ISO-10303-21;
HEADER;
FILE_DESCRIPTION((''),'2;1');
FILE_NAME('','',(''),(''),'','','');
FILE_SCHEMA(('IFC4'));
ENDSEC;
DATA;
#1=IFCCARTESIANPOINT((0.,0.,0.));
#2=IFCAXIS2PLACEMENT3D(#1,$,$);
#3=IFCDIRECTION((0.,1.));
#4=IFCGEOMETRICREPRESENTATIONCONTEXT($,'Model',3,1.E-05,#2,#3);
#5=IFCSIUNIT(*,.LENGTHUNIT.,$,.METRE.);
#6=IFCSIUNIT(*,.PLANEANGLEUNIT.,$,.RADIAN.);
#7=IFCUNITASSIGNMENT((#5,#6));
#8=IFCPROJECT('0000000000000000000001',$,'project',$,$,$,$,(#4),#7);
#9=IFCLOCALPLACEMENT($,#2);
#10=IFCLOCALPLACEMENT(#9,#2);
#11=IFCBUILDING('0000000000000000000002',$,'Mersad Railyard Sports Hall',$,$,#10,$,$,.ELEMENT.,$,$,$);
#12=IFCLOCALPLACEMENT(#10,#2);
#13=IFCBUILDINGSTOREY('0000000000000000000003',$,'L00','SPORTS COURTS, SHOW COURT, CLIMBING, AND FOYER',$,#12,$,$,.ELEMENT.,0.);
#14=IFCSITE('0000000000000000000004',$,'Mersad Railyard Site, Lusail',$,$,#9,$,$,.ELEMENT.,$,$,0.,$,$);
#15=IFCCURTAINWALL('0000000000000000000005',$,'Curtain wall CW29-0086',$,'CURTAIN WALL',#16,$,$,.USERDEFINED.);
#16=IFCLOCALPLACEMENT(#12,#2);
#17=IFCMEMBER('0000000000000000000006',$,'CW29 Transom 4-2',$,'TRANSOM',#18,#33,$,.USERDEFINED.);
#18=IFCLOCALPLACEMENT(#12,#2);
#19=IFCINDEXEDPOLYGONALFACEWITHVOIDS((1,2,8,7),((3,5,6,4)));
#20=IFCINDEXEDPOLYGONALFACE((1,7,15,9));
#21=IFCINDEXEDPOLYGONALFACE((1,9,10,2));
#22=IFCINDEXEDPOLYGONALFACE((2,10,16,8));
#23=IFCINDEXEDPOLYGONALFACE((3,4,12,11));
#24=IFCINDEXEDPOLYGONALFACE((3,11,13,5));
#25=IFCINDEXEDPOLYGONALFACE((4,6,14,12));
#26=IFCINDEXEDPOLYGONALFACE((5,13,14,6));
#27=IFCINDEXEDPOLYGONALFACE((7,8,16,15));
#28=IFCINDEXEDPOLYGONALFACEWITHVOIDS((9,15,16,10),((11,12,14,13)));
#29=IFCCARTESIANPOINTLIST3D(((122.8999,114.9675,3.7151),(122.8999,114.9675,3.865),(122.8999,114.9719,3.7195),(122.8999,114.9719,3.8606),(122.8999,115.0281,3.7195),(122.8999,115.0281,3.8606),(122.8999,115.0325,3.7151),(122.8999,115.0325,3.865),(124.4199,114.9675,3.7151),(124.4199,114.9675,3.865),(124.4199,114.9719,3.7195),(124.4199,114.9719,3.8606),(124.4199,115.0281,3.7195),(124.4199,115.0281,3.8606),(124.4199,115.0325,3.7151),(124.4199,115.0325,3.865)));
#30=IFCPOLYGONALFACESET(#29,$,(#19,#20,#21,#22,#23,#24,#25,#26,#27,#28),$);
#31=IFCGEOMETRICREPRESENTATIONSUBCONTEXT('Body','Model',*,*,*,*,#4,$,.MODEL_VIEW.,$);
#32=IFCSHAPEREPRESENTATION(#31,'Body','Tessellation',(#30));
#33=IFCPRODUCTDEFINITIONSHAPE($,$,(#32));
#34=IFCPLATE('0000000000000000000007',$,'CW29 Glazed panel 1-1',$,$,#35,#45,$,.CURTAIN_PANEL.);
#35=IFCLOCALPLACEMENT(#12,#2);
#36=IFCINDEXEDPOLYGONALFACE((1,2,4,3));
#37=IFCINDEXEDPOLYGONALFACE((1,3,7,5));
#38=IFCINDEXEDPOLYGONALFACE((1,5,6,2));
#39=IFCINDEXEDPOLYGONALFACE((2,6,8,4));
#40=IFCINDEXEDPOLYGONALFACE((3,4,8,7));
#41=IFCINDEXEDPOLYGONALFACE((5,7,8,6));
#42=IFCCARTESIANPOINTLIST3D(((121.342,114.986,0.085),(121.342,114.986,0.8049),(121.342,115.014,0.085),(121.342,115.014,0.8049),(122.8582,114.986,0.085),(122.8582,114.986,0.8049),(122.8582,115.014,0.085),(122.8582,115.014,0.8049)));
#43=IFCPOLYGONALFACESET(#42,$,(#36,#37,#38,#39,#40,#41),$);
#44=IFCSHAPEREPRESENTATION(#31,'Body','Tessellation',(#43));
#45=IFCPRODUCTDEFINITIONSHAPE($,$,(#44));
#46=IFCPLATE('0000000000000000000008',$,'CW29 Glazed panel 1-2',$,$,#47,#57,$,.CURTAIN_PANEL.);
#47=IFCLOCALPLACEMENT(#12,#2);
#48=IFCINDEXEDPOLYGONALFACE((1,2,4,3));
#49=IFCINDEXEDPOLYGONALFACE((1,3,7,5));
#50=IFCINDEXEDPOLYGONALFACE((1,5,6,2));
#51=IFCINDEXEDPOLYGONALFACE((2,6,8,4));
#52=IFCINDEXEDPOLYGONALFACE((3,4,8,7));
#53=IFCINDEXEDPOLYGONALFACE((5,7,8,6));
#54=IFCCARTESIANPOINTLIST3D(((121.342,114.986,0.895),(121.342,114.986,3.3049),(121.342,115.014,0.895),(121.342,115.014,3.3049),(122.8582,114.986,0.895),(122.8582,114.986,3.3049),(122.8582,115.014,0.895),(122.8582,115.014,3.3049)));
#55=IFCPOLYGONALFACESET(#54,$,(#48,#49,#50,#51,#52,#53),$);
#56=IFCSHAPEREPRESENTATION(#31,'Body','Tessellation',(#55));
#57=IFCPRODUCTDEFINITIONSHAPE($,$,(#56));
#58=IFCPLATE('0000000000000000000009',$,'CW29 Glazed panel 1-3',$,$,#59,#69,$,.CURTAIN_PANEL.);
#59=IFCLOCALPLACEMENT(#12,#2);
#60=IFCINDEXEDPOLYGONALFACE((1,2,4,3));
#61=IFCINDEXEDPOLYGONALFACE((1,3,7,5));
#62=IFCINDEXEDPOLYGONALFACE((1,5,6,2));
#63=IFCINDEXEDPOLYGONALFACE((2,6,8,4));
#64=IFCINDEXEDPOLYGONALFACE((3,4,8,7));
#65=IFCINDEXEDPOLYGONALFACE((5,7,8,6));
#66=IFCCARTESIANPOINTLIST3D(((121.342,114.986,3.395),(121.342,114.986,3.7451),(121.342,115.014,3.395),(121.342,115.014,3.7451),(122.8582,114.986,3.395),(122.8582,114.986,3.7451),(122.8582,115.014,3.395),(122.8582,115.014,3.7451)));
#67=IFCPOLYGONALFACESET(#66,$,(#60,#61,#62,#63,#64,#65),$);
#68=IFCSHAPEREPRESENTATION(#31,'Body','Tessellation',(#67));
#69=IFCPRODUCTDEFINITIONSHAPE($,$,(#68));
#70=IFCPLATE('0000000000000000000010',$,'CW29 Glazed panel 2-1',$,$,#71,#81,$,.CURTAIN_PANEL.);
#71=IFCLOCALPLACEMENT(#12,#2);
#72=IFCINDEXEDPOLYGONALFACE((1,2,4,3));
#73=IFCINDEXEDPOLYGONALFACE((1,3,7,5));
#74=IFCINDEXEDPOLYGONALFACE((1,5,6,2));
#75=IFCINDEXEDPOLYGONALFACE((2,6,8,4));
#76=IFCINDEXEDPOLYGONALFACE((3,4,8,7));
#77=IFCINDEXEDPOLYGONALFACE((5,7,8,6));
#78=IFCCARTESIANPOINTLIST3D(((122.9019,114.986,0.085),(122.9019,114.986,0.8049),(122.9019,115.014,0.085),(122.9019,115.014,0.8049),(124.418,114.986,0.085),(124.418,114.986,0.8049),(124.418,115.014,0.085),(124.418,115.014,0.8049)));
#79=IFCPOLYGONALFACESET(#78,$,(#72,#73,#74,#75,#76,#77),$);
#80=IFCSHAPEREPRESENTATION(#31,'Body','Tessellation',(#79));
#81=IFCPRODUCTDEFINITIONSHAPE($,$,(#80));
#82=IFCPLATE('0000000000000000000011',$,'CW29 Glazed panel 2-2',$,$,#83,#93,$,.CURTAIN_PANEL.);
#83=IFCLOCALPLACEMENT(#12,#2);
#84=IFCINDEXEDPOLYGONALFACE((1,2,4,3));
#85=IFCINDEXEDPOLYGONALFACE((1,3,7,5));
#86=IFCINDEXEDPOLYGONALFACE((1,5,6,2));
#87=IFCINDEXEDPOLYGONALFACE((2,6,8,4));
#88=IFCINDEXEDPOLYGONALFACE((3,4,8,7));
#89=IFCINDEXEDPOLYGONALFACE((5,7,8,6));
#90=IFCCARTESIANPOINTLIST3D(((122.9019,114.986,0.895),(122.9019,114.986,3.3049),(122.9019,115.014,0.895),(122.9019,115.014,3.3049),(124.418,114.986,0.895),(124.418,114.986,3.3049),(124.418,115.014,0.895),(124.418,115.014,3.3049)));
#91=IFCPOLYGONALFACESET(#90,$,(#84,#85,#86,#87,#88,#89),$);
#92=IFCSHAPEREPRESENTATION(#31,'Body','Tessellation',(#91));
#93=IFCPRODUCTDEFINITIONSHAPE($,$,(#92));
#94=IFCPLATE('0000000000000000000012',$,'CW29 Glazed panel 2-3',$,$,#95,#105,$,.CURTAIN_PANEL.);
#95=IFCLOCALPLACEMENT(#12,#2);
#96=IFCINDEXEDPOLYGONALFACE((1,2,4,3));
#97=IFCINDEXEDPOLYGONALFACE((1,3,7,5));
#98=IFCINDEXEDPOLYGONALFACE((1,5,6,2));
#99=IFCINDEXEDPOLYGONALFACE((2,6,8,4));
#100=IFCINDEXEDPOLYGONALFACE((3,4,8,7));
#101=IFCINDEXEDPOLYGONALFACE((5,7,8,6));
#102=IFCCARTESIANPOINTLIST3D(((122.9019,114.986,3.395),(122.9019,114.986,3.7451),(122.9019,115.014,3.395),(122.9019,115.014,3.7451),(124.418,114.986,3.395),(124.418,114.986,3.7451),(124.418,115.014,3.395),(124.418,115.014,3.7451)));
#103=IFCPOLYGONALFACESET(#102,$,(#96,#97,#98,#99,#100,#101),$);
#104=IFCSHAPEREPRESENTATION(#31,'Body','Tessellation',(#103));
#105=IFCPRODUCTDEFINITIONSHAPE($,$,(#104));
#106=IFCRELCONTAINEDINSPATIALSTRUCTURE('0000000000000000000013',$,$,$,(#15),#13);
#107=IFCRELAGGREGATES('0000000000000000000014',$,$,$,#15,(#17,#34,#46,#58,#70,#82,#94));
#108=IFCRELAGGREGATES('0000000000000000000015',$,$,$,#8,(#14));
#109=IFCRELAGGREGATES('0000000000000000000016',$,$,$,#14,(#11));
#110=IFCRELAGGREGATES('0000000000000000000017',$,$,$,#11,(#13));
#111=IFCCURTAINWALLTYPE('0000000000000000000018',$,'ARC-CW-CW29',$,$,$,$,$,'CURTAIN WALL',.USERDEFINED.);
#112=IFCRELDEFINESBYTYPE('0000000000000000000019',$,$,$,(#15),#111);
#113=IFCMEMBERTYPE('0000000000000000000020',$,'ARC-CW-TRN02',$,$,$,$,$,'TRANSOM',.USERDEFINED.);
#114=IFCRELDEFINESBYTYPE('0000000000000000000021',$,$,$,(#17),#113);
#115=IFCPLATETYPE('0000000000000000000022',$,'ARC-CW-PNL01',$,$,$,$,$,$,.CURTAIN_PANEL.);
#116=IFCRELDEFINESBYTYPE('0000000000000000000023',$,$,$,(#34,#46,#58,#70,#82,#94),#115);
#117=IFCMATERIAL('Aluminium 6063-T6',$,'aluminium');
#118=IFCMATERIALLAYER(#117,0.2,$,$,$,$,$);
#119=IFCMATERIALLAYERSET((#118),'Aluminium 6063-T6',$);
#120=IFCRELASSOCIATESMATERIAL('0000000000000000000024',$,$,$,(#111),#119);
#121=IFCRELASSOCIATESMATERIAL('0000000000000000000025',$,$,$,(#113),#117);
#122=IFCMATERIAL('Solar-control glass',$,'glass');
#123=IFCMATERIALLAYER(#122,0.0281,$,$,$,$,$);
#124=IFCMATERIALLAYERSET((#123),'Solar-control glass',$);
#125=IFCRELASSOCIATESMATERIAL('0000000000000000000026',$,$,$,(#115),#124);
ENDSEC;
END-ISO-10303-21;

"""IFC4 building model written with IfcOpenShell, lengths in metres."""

from ifc_helpers import new_model, si_unit, direction, frame, origin, origin_2d, place, context, subcontext, project, spatial, rectangle, hollow_rectangle, extrude, material, layer, layer_set, material_profile, profile_set, type_object, element, aggregate, save


model = new_model("IFC4")

# Units and contexts
model_context = context("Model", 3, precision=1e-05, world=origin(), true_north=direction((0.0, 1.0)))
body_context = subcontext(model_context, "Body", "Model", "MODEL_VIEW")
ifc_project = project(units=[si_unit("LENGTHUNIT", "METRE"), si_unit("PLANEANGLEUNIT", "RADIAN")], contexts=[model_context])

# Site, building, storey
site_placement = place(None, origin())
site = spatial("IfcSite", under=ifc_project, at=site_placement, Name="Mersad Railyard Site, Lusail", CompositionType="ELEMENT", RefElevation=0.0)
building_placement = place(site_placement, origin())
building = spatial("IfcBuilding", under=site, at=building_placement, Name="Mersad Railyard Sports Hall", CompositionType="ELEMENT")
storey_placement = place(building_placement, origin())
storey = spatial("IfcBuildingStorey", under=building, at=storey_placement, Name="L00", Description="SPORTS COURTS, SHOW COURT, CLIMBING, AND FOYER", CompositionType="ELEMENT", Elevation=0.0)

# Curtain wall, member, plates
ifc_material_1 = material(Name="Aluminium 6063-T6", Category="aluminium")
ifc_layer_1 = layer(ifc_material_1, 0.2)
ifc_layer_set_1 = layer_set([ifc_layer_1], Name="Aluminium 6063-T6")
curtain_wall_type = type_object("IfcCurtainWallType", Name="ARC-CW-CW29", ElementType="CURTAIN WALL", PredefinedType="USERDEFINED", material=ifc_layer_set_1)
curtain_wall_placement = place(storey_placement, origin())
curtain_wall = element("IfcCurtainWall", 1, at=curtain_wall_placement, inside=storey, type_object=curtain_wall_type, Name="Curtain wall CW29-0086", ObjectType="CURTAIN WALL", PredefinedType="USERDEFINED")
ifc_material_profile_1 = material_profile(ifc_material_1, hollow_rectangle(XDim=0.0649, YDim=0.1499, WallThickness=0.0044, at=origin_2d()), Name="AL TRANSOM 65x150x4.5")
ifc_profile_set_1 = profile_set([ifc_material_profile_1], Name="Aluminium 6063-T6")
member_type_1 = type_object("IfcMemberType", Name="ARC-CW-TRN02", ElementType="TRANSOM", PredefinedType="USERDEFINED", material=ifc_profile_set_1)
member_1_placement = place(storey_placement, frame((122.8999, 115.0, 3.79), z_axis=(1.0, 0.0, 0.0), x_axis=(0.0, 1.0, 0.0)))
member_1 = element("IfcMember", 2, at=member_1_placement, type_object=member_type_1, Name="CW29 Transom 4-2", ObjectType="TRANSOM", PredefinedType="USERDEFINED", context=body_context, shape_type="SweptSolid", body=[
    extrude(hollow_rectangle(XDim=0.0649, YDim=0.1499, WallThickness=0.0044, at=origin_2d()), origin(), (0.0, 0.0, 1.0), 1.52),
])
ifc_material_2 = material(Name="Solar-control glass", Category="glass")
ifc_layer_2 = layer(ifc_material_2, 0.0281)
ifc_layer_set_2 = layer_set([ifc_layer_2], Name="Solar-control glass")
plate_type = type_object("IfcPlateType", Name="ARC-CW-PNL01", PredefinedType="CURTAIN_PANEL", material=ifc_layer_set_2)
plate_1_placement = place(storey_placement, frame((122.1001, 115.0, 0.085), z_axis=(0.0, 0.0, 1.0), x_axis=(1.0, 0.0, 0.0)))
plate_1 = element("IfcPlate", 3, at=plate_1_placement, type_object=plate_type, Name="CW29 Glazed panel 1-1", PredefinedType="CURTAIN_PANEL", context=body_context, shape_type="SweptSolid", body=[
    extrude(rectangle(XDim=1.5161, YDim=0.0281, at=origin_2d()), origin(), (0.0, 0.0, 1.0), 0.72),
])
plate_2_placement = place(storey_placement, frame((122.1001, 115.0, 0.895), z_axis=(0.0, 0.0, 1.0), x_axis=(1.0, 0.0, 0.0)))
plate_2 = element("IfcPlate", 4, at=plate_2_placement, type_object=plate_type, Name="CW29 Glazed panel 1-2", PredefinedType="CURTAIN_PANEL", context=body_context, shape_type="SweptSolid", body=[
    extrude(rectangle(XDim=1.5161, YDim=0.0281, at=origin_2d()), origin(), (0.0, 0.0, 1.0), 2.4099),
])
plate_3_placement = place(storey_placement, frame((122.1001, 115.0, 3.395), z_axis=(0.0, 0.0, 1.0), x_axis=(1.0, 0.0, 0.0)))
plate_3 = element("IfcPlate", 5, at=plate_3_placement, type_object=plate_type, Name="CW29 Glazed panel 1-3", PredefinedType="CURTAIN_PANEL", context=body_context, shape_type="SweptSolid", body=[
    extrude(rectangle(XDim=1.5161, YDim=0.0281, at=origin_2d()), origin(), (0.0, 0.0, 1.0), 0.3501),
])
plate_4_placement = place(storey_placement, frame((123.6599, 115.0, 0.085), z_axis=(0.0, 0.0, 1.0), x_axis=(1.0, 0.0, 0.0)))
plate_4 = element("IfcPlate", 6, at=plate_4_placement, type_object=plate_type, Name="CW29 Glazed panel 2-1", PredefinedType="CURTAIN_PANEL", context=body_context, shape_type="SweptSolid", body=[
    extrude(rectangle(XDim=1.5161, YDim=0.0281, at=origin_2d()), origin(), (0.0, 0.0, 1.0), 0.72),
])
plate_5_placement = place(storey_placement, frame((123.6599, 115.0, 0.895), z_axis=(0.0, 0.0, 1.0), x_axis=(1.0, 0.0, 0.0)))
plate_5 = element("IfcPlate", 7, at=plate_5_placement, type_object=plate_type, Name="CW29 Glazed panel 2-2", PredefinedType="CURTAIN_PANEL", context=body_context, shape_type="SweptSolid", body=[
    extrude(rectangle(XDim=1.5161, YDim=0.0281, at=origin_2d()), origin(), (0.0, 0.0, 1.0), 2.4099),
])
plate_6_placement = place(storey_placement, frame((123.6599, 115.0, 3.395), z_axis=(0.0, 0.0, 1.0), x_axis=(1.0, 0.0, 0.0)))
plate_6 = element("IfcPlate", 8, at=plate_6_placement, type_object=plate_type, Name="CW29 Glazed panel 2-3", PredefinedType="CURTAIN_PANEL", context=body_context, shape_type="SweptSolid", body=[
    extrude(rectangle(XDim=1.5161, YDim=0.0281, at=origin_2d()), origin(), (0.0, 0.0, 1.0), 0.3501),
])
aggregate(curtain_wall, [member_1, plate_1, plate_2, plate_3, plate_4, plate_5, plate_6])

save(model, "model.ifc")
